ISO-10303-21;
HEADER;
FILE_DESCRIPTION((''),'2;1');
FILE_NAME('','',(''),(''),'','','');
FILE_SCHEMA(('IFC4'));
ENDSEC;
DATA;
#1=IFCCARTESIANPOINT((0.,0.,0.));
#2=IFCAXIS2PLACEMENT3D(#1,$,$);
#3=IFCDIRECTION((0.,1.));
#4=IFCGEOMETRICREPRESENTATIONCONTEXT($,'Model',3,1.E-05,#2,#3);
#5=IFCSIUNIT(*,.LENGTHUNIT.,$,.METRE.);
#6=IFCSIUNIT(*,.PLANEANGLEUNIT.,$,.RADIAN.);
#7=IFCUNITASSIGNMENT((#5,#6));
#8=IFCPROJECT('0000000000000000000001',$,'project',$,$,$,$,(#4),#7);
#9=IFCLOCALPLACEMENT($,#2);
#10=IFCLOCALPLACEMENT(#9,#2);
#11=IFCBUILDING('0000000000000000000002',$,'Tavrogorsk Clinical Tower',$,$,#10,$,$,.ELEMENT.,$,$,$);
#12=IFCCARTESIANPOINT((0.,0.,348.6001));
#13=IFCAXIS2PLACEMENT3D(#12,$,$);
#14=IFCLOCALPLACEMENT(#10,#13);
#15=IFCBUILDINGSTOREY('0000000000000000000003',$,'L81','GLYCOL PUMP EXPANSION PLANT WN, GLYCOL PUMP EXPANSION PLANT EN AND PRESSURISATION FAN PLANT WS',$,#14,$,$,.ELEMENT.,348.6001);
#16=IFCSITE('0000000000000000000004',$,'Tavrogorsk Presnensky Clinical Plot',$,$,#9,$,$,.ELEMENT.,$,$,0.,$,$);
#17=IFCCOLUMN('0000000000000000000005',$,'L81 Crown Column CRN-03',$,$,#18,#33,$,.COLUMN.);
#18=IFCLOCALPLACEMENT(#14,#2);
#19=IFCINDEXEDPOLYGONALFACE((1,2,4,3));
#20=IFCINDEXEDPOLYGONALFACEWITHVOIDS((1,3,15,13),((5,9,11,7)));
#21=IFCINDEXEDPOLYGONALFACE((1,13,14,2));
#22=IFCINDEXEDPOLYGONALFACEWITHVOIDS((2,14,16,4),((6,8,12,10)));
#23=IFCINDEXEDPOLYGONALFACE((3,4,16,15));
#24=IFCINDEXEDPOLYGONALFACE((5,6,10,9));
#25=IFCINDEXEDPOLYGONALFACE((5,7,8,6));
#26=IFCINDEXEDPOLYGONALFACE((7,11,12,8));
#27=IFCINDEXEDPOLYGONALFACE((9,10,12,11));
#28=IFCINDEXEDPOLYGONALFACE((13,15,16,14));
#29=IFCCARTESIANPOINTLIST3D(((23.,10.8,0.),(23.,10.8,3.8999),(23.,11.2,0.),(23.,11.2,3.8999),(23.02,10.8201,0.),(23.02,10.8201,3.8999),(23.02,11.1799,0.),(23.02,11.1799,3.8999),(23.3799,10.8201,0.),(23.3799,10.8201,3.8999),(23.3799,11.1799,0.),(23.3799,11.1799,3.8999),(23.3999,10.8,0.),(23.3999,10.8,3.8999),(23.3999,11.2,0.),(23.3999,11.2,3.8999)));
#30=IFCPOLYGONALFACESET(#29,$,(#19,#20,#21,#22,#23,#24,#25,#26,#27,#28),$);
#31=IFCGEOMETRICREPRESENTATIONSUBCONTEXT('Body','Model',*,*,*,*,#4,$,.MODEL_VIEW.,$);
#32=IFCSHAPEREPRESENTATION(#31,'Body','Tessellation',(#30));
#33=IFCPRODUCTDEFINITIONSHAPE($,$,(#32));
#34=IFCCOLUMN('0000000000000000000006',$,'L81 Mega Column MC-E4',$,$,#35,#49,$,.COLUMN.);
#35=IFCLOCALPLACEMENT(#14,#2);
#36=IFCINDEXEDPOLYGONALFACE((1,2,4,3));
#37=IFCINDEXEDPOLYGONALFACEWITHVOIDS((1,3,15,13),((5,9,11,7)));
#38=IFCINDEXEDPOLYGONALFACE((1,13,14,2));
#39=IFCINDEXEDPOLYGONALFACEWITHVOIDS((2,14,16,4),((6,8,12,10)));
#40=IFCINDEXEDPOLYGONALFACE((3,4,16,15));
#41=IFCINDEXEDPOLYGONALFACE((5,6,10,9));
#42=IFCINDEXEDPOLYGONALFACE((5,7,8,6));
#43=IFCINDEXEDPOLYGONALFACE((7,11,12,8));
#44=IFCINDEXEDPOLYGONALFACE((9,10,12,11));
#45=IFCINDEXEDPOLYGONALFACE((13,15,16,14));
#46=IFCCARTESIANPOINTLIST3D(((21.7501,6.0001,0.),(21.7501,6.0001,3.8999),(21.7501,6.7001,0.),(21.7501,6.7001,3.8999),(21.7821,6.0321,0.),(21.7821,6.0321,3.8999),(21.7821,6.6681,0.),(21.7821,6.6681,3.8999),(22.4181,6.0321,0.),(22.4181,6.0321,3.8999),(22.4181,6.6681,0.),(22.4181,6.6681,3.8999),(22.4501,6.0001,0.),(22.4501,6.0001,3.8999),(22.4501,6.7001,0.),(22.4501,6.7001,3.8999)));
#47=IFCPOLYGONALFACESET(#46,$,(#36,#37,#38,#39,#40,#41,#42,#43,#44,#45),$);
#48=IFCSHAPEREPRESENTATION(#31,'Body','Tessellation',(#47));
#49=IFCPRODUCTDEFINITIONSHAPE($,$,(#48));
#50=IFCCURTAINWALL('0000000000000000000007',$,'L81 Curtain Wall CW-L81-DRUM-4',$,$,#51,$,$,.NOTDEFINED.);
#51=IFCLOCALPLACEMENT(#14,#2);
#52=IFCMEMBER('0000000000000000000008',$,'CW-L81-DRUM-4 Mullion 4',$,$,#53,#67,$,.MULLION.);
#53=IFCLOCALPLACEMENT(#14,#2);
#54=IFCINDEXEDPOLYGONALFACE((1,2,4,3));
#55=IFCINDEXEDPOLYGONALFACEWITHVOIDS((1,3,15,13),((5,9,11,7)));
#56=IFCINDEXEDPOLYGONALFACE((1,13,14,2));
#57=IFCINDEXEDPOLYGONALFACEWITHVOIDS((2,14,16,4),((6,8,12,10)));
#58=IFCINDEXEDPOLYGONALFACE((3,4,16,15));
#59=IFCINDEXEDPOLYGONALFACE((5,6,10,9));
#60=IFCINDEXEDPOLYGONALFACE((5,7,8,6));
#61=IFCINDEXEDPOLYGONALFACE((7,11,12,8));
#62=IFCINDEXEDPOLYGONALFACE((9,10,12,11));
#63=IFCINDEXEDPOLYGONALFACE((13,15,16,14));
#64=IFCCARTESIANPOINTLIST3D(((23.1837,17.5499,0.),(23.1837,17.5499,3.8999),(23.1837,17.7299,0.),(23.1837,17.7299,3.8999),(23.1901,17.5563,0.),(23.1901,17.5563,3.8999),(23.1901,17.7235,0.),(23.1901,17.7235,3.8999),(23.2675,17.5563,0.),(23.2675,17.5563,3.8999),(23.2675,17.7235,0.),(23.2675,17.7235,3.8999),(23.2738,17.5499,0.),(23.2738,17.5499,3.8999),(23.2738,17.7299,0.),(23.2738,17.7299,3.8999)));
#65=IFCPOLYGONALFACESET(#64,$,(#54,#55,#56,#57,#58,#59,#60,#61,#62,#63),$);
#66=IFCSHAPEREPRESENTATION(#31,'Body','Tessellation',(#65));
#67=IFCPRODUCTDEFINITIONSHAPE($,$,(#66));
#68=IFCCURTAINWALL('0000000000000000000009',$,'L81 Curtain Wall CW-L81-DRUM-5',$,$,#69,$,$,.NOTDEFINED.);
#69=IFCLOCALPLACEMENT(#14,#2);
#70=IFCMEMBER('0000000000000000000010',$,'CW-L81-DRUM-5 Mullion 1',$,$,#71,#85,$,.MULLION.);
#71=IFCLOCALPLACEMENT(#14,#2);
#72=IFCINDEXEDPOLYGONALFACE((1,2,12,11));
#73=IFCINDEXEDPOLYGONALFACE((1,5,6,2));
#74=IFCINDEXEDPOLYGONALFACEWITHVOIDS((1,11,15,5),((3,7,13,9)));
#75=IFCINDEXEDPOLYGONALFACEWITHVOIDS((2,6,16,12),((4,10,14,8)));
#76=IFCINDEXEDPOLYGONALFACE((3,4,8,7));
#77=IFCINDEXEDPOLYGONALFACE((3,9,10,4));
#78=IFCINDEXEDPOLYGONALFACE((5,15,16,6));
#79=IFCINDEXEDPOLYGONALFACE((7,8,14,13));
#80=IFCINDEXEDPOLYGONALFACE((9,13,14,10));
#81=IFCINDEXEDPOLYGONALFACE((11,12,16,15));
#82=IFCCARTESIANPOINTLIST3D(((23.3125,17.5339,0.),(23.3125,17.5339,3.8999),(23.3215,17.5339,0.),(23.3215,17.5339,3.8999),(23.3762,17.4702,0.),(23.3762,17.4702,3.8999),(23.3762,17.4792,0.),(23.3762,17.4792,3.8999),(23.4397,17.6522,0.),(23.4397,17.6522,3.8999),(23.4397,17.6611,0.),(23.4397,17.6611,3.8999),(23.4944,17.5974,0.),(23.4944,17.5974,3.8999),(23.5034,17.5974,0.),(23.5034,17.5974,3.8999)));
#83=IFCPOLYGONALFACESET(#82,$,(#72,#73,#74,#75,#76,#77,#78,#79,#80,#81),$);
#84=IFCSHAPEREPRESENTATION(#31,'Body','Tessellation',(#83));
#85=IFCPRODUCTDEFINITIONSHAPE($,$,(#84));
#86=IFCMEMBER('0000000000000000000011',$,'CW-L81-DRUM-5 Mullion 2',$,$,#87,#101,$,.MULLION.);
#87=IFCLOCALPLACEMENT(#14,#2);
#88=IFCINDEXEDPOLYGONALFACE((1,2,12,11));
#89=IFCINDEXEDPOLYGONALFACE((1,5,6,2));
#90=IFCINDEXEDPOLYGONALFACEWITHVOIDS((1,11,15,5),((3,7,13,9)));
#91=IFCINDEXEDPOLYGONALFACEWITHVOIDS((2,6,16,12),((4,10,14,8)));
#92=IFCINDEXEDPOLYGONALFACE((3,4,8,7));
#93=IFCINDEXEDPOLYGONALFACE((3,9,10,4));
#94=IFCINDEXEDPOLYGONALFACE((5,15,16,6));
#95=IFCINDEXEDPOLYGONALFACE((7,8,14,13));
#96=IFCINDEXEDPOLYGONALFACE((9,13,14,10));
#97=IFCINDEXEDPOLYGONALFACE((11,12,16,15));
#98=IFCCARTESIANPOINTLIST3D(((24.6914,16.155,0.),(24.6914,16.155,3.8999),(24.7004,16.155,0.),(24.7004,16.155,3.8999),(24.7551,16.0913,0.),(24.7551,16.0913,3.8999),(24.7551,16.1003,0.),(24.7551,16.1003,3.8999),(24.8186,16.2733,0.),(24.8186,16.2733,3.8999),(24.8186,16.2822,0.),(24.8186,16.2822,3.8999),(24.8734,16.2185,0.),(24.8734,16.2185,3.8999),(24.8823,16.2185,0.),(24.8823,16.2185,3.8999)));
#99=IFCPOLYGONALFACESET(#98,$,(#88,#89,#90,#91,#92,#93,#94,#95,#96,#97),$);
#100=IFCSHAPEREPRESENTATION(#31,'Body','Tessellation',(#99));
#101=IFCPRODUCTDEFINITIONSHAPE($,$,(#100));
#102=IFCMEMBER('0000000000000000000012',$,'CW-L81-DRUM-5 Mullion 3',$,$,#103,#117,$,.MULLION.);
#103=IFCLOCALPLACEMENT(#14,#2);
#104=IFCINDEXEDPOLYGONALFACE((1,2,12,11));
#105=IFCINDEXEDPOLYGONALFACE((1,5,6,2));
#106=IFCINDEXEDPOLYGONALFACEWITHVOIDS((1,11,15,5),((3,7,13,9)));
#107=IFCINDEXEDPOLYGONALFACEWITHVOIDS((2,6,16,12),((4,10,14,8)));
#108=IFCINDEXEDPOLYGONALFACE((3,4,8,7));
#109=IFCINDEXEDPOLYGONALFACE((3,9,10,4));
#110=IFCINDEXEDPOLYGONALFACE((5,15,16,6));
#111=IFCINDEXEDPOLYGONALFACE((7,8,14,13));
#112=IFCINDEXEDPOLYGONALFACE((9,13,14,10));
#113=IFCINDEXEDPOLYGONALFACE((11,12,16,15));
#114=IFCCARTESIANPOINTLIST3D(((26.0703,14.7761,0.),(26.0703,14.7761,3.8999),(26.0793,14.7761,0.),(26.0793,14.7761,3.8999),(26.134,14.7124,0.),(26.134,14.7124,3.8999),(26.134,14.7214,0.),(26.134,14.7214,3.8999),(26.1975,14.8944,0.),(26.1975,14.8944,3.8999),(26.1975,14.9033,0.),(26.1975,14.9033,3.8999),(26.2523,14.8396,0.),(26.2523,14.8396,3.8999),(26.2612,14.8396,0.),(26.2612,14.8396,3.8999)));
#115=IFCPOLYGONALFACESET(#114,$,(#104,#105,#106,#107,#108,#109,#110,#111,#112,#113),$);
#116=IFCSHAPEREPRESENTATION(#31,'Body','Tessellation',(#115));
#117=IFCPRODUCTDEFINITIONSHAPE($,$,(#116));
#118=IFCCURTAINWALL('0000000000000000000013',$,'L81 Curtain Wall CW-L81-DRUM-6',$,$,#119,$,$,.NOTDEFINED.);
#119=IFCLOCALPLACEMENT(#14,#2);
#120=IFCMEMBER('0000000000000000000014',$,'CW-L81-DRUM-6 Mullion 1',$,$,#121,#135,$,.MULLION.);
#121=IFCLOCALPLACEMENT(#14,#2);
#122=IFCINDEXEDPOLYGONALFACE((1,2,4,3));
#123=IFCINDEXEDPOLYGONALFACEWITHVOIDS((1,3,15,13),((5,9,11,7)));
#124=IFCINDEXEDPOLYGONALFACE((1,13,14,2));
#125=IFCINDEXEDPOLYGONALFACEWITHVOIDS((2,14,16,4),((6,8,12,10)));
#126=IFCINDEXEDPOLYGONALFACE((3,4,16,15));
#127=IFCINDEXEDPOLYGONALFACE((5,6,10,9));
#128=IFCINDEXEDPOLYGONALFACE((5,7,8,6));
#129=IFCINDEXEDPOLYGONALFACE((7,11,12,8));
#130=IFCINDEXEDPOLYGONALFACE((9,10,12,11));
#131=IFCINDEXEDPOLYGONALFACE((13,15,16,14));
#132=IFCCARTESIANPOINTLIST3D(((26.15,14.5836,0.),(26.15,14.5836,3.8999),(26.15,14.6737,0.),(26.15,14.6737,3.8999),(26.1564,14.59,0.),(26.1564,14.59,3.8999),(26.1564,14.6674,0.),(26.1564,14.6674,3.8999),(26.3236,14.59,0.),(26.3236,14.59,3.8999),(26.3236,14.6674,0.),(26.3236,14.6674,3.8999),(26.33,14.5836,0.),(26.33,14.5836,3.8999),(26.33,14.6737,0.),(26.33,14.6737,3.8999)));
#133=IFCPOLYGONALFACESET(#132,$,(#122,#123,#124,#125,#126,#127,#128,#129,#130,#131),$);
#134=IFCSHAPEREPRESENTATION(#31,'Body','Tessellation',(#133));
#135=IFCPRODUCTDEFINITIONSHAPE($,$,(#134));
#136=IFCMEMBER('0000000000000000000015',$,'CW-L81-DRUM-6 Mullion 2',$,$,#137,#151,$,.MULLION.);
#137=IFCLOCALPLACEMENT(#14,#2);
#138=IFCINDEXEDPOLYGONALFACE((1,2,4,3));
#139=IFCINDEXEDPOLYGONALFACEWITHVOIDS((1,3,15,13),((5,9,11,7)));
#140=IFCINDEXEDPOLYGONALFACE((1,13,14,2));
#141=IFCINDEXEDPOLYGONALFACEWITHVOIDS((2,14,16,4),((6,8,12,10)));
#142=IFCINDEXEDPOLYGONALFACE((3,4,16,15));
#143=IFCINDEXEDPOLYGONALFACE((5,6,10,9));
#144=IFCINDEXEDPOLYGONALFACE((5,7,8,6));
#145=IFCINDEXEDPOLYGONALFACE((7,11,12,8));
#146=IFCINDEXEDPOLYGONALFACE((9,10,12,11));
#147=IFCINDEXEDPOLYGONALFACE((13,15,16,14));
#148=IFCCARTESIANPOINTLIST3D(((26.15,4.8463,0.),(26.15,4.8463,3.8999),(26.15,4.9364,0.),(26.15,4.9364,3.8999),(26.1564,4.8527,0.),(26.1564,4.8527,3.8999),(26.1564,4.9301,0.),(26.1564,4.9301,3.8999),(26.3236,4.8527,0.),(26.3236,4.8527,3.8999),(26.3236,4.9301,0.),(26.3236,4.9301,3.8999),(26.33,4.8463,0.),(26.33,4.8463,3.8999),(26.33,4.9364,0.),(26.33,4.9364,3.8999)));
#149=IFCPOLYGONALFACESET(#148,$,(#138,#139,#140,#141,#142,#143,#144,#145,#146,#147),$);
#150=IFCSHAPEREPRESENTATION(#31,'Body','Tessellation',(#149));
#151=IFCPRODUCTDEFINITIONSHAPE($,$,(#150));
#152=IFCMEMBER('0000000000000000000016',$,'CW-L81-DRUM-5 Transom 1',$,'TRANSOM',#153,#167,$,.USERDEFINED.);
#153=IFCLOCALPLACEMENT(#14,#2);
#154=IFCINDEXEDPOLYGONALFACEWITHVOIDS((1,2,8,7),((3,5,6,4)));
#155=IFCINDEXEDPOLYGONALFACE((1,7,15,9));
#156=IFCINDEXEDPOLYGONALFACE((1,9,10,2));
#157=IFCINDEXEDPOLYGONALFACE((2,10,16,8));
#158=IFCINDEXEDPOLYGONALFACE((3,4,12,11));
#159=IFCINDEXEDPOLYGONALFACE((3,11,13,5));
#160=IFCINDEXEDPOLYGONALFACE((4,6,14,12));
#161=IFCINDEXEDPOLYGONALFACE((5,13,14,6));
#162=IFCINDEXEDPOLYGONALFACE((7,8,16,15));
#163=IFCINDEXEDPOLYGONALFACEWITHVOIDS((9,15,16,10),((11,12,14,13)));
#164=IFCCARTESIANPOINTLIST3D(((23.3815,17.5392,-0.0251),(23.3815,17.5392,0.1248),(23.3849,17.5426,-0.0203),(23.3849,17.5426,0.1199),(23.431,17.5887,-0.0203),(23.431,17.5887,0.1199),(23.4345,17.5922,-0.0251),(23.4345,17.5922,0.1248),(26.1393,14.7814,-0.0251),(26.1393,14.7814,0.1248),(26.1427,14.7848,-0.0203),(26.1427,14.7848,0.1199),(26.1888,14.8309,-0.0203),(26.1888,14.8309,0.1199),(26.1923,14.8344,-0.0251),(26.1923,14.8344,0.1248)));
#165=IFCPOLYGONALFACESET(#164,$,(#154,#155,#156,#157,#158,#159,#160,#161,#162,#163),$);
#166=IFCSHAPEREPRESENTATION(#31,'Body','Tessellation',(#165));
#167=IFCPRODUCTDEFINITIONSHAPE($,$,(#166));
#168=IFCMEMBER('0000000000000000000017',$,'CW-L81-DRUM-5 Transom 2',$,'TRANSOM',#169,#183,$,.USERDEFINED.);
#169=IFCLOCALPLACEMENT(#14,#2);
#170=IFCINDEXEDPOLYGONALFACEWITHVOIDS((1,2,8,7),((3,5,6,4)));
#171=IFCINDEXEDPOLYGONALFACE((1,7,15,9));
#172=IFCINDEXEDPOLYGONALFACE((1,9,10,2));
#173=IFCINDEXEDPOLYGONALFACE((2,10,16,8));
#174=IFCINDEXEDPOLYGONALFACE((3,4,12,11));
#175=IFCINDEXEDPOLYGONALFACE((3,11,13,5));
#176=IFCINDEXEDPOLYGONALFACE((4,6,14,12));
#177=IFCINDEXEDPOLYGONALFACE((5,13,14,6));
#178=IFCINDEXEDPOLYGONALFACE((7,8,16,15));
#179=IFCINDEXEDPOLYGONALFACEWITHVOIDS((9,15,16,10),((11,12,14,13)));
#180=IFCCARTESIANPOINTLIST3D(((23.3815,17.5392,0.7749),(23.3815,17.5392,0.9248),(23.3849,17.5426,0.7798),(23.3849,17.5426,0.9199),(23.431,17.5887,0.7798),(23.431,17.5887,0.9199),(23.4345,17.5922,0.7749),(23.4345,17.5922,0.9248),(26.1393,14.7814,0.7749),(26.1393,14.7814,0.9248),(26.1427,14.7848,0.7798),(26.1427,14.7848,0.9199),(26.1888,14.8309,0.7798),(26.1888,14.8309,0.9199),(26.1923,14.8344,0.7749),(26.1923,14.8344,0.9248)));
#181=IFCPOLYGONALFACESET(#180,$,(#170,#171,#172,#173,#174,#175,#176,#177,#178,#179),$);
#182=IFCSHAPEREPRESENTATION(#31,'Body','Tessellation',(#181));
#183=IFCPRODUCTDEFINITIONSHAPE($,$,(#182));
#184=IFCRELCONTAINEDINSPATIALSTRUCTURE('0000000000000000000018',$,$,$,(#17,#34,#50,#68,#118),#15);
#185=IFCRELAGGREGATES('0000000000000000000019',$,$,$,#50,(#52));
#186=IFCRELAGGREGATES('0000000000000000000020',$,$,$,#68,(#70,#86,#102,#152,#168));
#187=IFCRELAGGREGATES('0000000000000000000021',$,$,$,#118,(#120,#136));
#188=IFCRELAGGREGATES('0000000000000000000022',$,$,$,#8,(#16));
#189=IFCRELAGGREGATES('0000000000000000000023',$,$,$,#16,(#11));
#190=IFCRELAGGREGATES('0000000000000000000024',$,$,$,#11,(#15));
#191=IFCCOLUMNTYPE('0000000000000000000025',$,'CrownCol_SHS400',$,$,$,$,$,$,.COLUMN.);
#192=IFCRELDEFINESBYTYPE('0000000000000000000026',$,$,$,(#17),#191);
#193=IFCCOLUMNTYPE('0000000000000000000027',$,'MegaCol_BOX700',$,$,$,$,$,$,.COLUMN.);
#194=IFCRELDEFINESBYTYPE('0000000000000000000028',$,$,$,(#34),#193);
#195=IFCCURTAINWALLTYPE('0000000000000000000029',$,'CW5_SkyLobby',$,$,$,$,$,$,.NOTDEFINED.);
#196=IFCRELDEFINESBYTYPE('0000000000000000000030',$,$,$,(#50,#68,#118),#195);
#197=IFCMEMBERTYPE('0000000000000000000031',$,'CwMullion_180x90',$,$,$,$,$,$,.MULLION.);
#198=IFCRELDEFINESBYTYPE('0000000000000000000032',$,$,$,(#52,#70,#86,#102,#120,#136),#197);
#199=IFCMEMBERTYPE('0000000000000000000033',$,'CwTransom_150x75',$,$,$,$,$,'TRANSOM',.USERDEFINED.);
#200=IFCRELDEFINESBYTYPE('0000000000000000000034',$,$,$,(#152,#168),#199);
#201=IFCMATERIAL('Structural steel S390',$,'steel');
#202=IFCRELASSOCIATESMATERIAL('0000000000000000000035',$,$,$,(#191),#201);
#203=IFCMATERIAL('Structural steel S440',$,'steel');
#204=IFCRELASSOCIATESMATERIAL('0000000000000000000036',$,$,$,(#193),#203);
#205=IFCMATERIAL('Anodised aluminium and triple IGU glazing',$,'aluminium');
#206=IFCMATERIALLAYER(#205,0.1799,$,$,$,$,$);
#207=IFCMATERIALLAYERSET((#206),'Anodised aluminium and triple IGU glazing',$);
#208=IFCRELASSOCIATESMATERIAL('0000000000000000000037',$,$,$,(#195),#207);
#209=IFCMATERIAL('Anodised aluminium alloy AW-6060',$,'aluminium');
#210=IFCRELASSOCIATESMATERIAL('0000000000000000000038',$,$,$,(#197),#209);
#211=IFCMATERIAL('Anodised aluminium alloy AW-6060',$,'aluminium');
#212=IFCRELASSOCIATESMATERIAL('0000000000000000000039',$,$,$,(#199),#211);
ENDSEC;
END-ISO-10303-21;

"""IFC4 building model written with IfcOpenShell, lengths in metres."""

from ifc_helpers import new_model, si_unit, direction, frame, origin, origin_2d, place, context, subcontext, project, spatial, hollow_rectangle, extrude, material, layer, layer_set, material_profile, profile_set, type_object, element, aggregate, save


model = new_model("IFC4")

# Units and contexts
model_context = context("Model", 3, precision=1e-05, world=origin(), true_north=direction((0.0, 1.0)))
body_context = subcontext(model_context, "Body", "Model", "MODEL_VIEW")
ifc_project = project(units=[si_unit("LENGTHUNIT", "METRE"), si_unit("PLANEANGLEUNIT", "RADIAN")], contexts=[model_context])

# Site, building, storey
site_placement = place(None, origin())
site = spatial("IfcSite", under=ifc_project, at=site_placement, Name="Tavrogorsk Presnensky Clinical Plot", CompositionType="ELEMENT", RefElevation=0.0)
building_placement = place(site_placement, origin())
building = spatial("IfcBuilding", under=site, at=building_placement, Name="Tavrogorsk Clinical Tower", CompositionType="ELEMENT")
storey_placement = place(building_placement, frame((0.0, 0.0, 348.6001)))
storey = spatial("IfcBuildingStorey", under=building, at=storey_placement, Name="L81", Description="GLYCOL PUMP EXPANSION PLANT WN, GLYCOL PUMP EXPANSION PLANT EN AND PRESSURISATION FAN PLANT WS", CompositionType="ELEMENT", Elevation=348.6001)

# Columns
ifc_material_1 = material(Name="Structural steel S390", Category="steel")
ifc_material_profile_1 = material_profile(ifc_material_1, hollow_rectangle(XDim=0.3999, YDim=0.3999, WallThickness=0.02, at=origin_2d()), Name="SHS-400x400x20")
ifc_profile_set_1 = profile_set([ifc_material_profile_1], Name="Structural steel S390")
column_type_1 = type_object("IfcColumnType", Name="CrownCol_SHS400", PredefinedType="COLUMN", material=ifc_profile_set_1)
column_1_placement = place(storey_placement, frame((23.2, 11.0, 0.0), z_axis=(0.0, 0.0, 1.0), x_axis=(1.0, 0.0, 0.0)))
element("IfcColumn", 1, at=column_1_placement, inside=storey, type_object=column_type_1, Name="L81 Crown Column CRN-03", PredefinedType="COLUMN", context=body_context, shape_type="SweptSolid", body=[
    extrude(hollow_rectangle(XDim=0.3999, YDim=0.3999, WallThickness=0.02, at=origin_2d()), origin(), (0.0, 0.0, 1.0), 3.8999),
])
ifc_material_2 = material(Name="Structural steel S440", Category="steel")
ifc_material_profile_2 = material_profile(ifc_material_2, hollow_rectangle(XDim=0.7, YDim=0.7, WallThickness=0.032, at=origin_2d()), Name="BOX-700x700x32")
ifc_profile_set_2 = profile_set([ifc_material_profile_2], Name="Structural steel S440")
column_type_2 = type_object("IfcColumnType", Name="MegaCol_BOX700", PredefinedType="COLUMN", material=ifc_profile_set_2)
column_2_placement = place(storey_placement, frame((22.1001, 6.3501, 0.0), z_axis=(0.0, 0.0, 1.0), x_axis=(1.0, 0.0, 0.0)))
element("IfcColumn", 2, at=column_2_placement, inside=storey, type_object=column_type_2, Name="L81 Mega Column MC-E4", PredefinedType="COLUMN", context=body_context, shape_type="SweptSolid", body=[
    extrude(hollow_rectangle(XDim=0.7, YDim=0.7, WallThickness=0.032, at=origin_2d()), origin(), (0.0, 0.0, 1.0), 3.8999),
])

# Curtain wall, member
ifc_material_3 = material(Name="Anodised aluminium and triple IGU glazing", Category="aluminium")
ifc_layer_1 = layer(ifc_material_3, 0.1799)
ifc_layer_set_1 = layer_set([ifc_layer_1], Name="Anodised aluminium and triple IGU glazing")
curtain_wall_type = type_object("IfcCurtainWallType", Name="CW5_SkyLobby", PredefinedType="NOTDEFINED", material=ifc_layer_set_1)
curtain_wall_1_placement = place(storey_placement, origin())
curtain_wall_1 = element("IfcCurtainWall", 3, at=curtain_wall_1_placement, inside=storey, type_object=curtain_wall_type, Name="L81 Curtain Wall CW-L81-DRUM-4", PredefinedType="NOTDEFINED")
ifc_material_4 = material(Name="Anodised aluminium alloy AW-6060", Category="aluminium")
ifc_material_profile_3 = material_profile(ifc_material_4, hollow_rectangle(XDim=0.0901, YDim=0.1799, WallThickness=0.0063, at=origin_2d()), Name="RHS-180x90x6.3")
ifc_profile_set_3 = profile_set([ifc_material_profile_3], Name="Anodised aluminium alloy AW-6060")
member_type_1 = type_object("IfcMemberType", Name="CwMullion_180x90", PredefinedType="MULLION", material=ifc_profile_set_3)
member_1_placement = place(storey_placement, frame((23.2288, 17.6399, 0.0), z_axis=(0.0, 0.0, 1.0), x_axis=(1.0, 0.0, 0.0)))
member_1 = element("IfcMember", 4, at=member_1_placement, type_object=member_type_1, Name="CW-L81-DRUM-4 Mullion 4", PredefinedType="MULLION", context=body_context, shape_type="SweptSolid", body=[
    extrude(hollow_rectangle(XDim=0.0901, YDim=0.1799, WallThickness=0.0063, at=origin_2d()), origin(), (0.0, 0.0, 1.0), 3.8999),
])
aggregate(curtain_wall_1, [member_1])

# Curtain walls, members
curtain_wall_2_placement = place(storey_placement, origin())
curtain_wall_2 = element("IfcCurtainWall", 5, at=curtain_wall_2_placement, inside=storey, type_object=curtain_wall_type, Name="L81 Curtain Wall CW-L81-DRUM-5", PredefinedType="NOTDEFINED")
member_2_placement = place(storey_placement, frame((23.408, 17.5657, 0.0), z_axis=(0.0, 0.0, 1.0), x_axis=(0.707107, -0.707107, 0.0)))
member_2 = element("IfcMember", 6, at=member_2_placement, type_object=member_type_1, Name="CW-L81-DRUM-5 Mullion 1", PredefinedType="MULLION", context=body_context, shape_type="SweptSolid", body=[
    extrude(hollow_rectangle(XDim=0.0901, YDim=0.1799, WallThickness=0.0063, at=origin_2d()), origin(), (0.0, 0.0, 1.0), 3.8999),
])
member_3_placement = place(storey_placement, frame((24.7869, 16.1868, 0.0), z_axis=(0.0, 0.0, 1.0), x_axis=(0.707107, -0.707107, 0.0)))
member_3 = element("IfcMember", 7, at=member_3_placement, type_object=member_type_1, Name="CW-L81-DRUM-5 Mullion 2", PredefinedType="MULLION", context=body_context, shape_type="SweptSolid", body=[
    extrude(hollow_rectangle(XDim=0.0901, YDim=0.1799, WallThickness=0.0063, at=origin_2d()), origin(), (0.0, 0.0, 1.0), 3.8999),
])
member_4_placement = place(storey_placement, frame((26.1658, 14.8079, 0.0), z_axis=(0.0, 0.0, 1.0), x_axis=(0.707107, -0.707107, 0.0)))
member_4 = element("IfcMember", 8, at=member_4_placement, type_object=member_type_1, Name="CW-L81-DRUM-5 Mullion 3", PredefinedType="MULLION", context=body_context, shape_type="SweptSolid", body=[
    extrude(hollow_rectangle(XDim=0.0901, YDim=0.1799, WallThickness=0.0063, at=origin_2d()), origin(), (0.0, 0.0, 1.0), 3.8999),
])
curtain_wall_3_placement = place(storey_placement, origin())
curtain_wall_3 = element("IfcCurtainWall", 9, at=curtain_wall_3_placement, inside=storey, type_object=curtain_wall_type, Name="L81 Curtain Wall CW-L81-DRUM-6", PredefinedType="NOTDEFINED")
member_5_placement = place(storey_placement, frame((26.24, 14.6287, 0.0), z_axis=(0.0, 0.0, 1.0), x_axis=(0.0, -1.0, 0.0)))
member_5 = element("IfcMember", 10, at=member_5_placement, type_object=member_type_1, Name="CW-L81-DRUM-6 Mullion 1", PredefinedType="MULLION", context=body_context, shape_type="SweptSolid", body=[
    extrude(hollow_rectangle(XDim=0.0901, YDim=0.1799, WallThickness=0.0063, at=origin_2d()), origin(), (0.0, 0.0, 1.0), 3.8999),
])
member_6_placement = place(storey_placement, frame((26.24, 4.8914, 0.0), z_axis=(0.0, 0.0, 1.0), x_axis=(0.0, -1.0, 0.0)))
member_6 = element("IfcMember", 11, at=member_6_placement, type_object=member_type_1, Name="CW-L81-DRUM-6 Mullion 2", PredefinedType="MULLION", context=body_context, shape_type="SweptSolid", body=[
    extrude(hollow_rectangle(XDim=0.0901, YDim=0.1799, WallThickness=0.0063, at=origin_2d()), origin(), (0.0, 0.0, 1.0), 3.8999),
])

# Members
ifc_material_5 = material(Name="Anodised aluminium alloy AW-6060", Category="aluminium")
ifc_material_profile_4 = material_profile(ifc_material_5, hollow_rectangle(XDim=0.075, YDim=0.1499, WallThickness=0.0049, at=origin_2d()), Name="RHS-150x75x5")
ifc_profile_set_4 = profile_set([ifc_material_profile_4], Name="Anodised aluminium alloy AW-6060")
member_type_2 = type_object("IfcMemberType", Name="CwTransom_150x75", ElementType="TRANSOM", PredefinedType="USERDEFINED", material=ifc_profile_set_4)
member_7_placement = place(storey_placement, frame((23.408, 17.5657, 0.0498), z_axis=(0.707107, -0.707107, 0.0), x_axis=(0.707107, 0.707107, 0.0)))
member_7 = element("IfcMember", 12, at=member_7_placement, type_object=member_type_2, Name="CW-L81-DRUM-5 Transom 1", ObjectType="TRANSOM", PredefinedType="USERDEFINED", context=body_context, shape_type="SweptSolid", body=[
    extrude(hollow_rectangle(XDim=0.075, YDim=0.1499, WallThickness=0.0049, at=origin_2d()), origin(), (0.0, 0.0, 1.0), 3.9001),
])
member_8_placement = place(storey_placement, frame((23.408, 17.5657, 0.8499), z_axis=(0.707107, -0.707107, 0.0), x_axis=(0.707107, 0.707107, 0.0)))
member_8 = element("IfcMember", 13, at=member_8_placement, type_object=member_type_2, Name="CW-L81-DRUM-5 Transom 2", ObjectType="TRANSOM", PredefinedType="USERDEFINED", context=body_context, shape_type="SweptSolid", body=[
    extrude(hollow_rectangle(XDim=0.075, YDim=0.1499, WallThickness=0.0049, at=origin_2d()), origin(), (0.0, 0.0, 1.0), 3.9001),
])

aggregate(curtain_wall_2, [member_2, member_3, member_4, member_7, member_8])
aggregate(curtain_wall_3, [member_5, member_6])

save(model, "model.ifc")
